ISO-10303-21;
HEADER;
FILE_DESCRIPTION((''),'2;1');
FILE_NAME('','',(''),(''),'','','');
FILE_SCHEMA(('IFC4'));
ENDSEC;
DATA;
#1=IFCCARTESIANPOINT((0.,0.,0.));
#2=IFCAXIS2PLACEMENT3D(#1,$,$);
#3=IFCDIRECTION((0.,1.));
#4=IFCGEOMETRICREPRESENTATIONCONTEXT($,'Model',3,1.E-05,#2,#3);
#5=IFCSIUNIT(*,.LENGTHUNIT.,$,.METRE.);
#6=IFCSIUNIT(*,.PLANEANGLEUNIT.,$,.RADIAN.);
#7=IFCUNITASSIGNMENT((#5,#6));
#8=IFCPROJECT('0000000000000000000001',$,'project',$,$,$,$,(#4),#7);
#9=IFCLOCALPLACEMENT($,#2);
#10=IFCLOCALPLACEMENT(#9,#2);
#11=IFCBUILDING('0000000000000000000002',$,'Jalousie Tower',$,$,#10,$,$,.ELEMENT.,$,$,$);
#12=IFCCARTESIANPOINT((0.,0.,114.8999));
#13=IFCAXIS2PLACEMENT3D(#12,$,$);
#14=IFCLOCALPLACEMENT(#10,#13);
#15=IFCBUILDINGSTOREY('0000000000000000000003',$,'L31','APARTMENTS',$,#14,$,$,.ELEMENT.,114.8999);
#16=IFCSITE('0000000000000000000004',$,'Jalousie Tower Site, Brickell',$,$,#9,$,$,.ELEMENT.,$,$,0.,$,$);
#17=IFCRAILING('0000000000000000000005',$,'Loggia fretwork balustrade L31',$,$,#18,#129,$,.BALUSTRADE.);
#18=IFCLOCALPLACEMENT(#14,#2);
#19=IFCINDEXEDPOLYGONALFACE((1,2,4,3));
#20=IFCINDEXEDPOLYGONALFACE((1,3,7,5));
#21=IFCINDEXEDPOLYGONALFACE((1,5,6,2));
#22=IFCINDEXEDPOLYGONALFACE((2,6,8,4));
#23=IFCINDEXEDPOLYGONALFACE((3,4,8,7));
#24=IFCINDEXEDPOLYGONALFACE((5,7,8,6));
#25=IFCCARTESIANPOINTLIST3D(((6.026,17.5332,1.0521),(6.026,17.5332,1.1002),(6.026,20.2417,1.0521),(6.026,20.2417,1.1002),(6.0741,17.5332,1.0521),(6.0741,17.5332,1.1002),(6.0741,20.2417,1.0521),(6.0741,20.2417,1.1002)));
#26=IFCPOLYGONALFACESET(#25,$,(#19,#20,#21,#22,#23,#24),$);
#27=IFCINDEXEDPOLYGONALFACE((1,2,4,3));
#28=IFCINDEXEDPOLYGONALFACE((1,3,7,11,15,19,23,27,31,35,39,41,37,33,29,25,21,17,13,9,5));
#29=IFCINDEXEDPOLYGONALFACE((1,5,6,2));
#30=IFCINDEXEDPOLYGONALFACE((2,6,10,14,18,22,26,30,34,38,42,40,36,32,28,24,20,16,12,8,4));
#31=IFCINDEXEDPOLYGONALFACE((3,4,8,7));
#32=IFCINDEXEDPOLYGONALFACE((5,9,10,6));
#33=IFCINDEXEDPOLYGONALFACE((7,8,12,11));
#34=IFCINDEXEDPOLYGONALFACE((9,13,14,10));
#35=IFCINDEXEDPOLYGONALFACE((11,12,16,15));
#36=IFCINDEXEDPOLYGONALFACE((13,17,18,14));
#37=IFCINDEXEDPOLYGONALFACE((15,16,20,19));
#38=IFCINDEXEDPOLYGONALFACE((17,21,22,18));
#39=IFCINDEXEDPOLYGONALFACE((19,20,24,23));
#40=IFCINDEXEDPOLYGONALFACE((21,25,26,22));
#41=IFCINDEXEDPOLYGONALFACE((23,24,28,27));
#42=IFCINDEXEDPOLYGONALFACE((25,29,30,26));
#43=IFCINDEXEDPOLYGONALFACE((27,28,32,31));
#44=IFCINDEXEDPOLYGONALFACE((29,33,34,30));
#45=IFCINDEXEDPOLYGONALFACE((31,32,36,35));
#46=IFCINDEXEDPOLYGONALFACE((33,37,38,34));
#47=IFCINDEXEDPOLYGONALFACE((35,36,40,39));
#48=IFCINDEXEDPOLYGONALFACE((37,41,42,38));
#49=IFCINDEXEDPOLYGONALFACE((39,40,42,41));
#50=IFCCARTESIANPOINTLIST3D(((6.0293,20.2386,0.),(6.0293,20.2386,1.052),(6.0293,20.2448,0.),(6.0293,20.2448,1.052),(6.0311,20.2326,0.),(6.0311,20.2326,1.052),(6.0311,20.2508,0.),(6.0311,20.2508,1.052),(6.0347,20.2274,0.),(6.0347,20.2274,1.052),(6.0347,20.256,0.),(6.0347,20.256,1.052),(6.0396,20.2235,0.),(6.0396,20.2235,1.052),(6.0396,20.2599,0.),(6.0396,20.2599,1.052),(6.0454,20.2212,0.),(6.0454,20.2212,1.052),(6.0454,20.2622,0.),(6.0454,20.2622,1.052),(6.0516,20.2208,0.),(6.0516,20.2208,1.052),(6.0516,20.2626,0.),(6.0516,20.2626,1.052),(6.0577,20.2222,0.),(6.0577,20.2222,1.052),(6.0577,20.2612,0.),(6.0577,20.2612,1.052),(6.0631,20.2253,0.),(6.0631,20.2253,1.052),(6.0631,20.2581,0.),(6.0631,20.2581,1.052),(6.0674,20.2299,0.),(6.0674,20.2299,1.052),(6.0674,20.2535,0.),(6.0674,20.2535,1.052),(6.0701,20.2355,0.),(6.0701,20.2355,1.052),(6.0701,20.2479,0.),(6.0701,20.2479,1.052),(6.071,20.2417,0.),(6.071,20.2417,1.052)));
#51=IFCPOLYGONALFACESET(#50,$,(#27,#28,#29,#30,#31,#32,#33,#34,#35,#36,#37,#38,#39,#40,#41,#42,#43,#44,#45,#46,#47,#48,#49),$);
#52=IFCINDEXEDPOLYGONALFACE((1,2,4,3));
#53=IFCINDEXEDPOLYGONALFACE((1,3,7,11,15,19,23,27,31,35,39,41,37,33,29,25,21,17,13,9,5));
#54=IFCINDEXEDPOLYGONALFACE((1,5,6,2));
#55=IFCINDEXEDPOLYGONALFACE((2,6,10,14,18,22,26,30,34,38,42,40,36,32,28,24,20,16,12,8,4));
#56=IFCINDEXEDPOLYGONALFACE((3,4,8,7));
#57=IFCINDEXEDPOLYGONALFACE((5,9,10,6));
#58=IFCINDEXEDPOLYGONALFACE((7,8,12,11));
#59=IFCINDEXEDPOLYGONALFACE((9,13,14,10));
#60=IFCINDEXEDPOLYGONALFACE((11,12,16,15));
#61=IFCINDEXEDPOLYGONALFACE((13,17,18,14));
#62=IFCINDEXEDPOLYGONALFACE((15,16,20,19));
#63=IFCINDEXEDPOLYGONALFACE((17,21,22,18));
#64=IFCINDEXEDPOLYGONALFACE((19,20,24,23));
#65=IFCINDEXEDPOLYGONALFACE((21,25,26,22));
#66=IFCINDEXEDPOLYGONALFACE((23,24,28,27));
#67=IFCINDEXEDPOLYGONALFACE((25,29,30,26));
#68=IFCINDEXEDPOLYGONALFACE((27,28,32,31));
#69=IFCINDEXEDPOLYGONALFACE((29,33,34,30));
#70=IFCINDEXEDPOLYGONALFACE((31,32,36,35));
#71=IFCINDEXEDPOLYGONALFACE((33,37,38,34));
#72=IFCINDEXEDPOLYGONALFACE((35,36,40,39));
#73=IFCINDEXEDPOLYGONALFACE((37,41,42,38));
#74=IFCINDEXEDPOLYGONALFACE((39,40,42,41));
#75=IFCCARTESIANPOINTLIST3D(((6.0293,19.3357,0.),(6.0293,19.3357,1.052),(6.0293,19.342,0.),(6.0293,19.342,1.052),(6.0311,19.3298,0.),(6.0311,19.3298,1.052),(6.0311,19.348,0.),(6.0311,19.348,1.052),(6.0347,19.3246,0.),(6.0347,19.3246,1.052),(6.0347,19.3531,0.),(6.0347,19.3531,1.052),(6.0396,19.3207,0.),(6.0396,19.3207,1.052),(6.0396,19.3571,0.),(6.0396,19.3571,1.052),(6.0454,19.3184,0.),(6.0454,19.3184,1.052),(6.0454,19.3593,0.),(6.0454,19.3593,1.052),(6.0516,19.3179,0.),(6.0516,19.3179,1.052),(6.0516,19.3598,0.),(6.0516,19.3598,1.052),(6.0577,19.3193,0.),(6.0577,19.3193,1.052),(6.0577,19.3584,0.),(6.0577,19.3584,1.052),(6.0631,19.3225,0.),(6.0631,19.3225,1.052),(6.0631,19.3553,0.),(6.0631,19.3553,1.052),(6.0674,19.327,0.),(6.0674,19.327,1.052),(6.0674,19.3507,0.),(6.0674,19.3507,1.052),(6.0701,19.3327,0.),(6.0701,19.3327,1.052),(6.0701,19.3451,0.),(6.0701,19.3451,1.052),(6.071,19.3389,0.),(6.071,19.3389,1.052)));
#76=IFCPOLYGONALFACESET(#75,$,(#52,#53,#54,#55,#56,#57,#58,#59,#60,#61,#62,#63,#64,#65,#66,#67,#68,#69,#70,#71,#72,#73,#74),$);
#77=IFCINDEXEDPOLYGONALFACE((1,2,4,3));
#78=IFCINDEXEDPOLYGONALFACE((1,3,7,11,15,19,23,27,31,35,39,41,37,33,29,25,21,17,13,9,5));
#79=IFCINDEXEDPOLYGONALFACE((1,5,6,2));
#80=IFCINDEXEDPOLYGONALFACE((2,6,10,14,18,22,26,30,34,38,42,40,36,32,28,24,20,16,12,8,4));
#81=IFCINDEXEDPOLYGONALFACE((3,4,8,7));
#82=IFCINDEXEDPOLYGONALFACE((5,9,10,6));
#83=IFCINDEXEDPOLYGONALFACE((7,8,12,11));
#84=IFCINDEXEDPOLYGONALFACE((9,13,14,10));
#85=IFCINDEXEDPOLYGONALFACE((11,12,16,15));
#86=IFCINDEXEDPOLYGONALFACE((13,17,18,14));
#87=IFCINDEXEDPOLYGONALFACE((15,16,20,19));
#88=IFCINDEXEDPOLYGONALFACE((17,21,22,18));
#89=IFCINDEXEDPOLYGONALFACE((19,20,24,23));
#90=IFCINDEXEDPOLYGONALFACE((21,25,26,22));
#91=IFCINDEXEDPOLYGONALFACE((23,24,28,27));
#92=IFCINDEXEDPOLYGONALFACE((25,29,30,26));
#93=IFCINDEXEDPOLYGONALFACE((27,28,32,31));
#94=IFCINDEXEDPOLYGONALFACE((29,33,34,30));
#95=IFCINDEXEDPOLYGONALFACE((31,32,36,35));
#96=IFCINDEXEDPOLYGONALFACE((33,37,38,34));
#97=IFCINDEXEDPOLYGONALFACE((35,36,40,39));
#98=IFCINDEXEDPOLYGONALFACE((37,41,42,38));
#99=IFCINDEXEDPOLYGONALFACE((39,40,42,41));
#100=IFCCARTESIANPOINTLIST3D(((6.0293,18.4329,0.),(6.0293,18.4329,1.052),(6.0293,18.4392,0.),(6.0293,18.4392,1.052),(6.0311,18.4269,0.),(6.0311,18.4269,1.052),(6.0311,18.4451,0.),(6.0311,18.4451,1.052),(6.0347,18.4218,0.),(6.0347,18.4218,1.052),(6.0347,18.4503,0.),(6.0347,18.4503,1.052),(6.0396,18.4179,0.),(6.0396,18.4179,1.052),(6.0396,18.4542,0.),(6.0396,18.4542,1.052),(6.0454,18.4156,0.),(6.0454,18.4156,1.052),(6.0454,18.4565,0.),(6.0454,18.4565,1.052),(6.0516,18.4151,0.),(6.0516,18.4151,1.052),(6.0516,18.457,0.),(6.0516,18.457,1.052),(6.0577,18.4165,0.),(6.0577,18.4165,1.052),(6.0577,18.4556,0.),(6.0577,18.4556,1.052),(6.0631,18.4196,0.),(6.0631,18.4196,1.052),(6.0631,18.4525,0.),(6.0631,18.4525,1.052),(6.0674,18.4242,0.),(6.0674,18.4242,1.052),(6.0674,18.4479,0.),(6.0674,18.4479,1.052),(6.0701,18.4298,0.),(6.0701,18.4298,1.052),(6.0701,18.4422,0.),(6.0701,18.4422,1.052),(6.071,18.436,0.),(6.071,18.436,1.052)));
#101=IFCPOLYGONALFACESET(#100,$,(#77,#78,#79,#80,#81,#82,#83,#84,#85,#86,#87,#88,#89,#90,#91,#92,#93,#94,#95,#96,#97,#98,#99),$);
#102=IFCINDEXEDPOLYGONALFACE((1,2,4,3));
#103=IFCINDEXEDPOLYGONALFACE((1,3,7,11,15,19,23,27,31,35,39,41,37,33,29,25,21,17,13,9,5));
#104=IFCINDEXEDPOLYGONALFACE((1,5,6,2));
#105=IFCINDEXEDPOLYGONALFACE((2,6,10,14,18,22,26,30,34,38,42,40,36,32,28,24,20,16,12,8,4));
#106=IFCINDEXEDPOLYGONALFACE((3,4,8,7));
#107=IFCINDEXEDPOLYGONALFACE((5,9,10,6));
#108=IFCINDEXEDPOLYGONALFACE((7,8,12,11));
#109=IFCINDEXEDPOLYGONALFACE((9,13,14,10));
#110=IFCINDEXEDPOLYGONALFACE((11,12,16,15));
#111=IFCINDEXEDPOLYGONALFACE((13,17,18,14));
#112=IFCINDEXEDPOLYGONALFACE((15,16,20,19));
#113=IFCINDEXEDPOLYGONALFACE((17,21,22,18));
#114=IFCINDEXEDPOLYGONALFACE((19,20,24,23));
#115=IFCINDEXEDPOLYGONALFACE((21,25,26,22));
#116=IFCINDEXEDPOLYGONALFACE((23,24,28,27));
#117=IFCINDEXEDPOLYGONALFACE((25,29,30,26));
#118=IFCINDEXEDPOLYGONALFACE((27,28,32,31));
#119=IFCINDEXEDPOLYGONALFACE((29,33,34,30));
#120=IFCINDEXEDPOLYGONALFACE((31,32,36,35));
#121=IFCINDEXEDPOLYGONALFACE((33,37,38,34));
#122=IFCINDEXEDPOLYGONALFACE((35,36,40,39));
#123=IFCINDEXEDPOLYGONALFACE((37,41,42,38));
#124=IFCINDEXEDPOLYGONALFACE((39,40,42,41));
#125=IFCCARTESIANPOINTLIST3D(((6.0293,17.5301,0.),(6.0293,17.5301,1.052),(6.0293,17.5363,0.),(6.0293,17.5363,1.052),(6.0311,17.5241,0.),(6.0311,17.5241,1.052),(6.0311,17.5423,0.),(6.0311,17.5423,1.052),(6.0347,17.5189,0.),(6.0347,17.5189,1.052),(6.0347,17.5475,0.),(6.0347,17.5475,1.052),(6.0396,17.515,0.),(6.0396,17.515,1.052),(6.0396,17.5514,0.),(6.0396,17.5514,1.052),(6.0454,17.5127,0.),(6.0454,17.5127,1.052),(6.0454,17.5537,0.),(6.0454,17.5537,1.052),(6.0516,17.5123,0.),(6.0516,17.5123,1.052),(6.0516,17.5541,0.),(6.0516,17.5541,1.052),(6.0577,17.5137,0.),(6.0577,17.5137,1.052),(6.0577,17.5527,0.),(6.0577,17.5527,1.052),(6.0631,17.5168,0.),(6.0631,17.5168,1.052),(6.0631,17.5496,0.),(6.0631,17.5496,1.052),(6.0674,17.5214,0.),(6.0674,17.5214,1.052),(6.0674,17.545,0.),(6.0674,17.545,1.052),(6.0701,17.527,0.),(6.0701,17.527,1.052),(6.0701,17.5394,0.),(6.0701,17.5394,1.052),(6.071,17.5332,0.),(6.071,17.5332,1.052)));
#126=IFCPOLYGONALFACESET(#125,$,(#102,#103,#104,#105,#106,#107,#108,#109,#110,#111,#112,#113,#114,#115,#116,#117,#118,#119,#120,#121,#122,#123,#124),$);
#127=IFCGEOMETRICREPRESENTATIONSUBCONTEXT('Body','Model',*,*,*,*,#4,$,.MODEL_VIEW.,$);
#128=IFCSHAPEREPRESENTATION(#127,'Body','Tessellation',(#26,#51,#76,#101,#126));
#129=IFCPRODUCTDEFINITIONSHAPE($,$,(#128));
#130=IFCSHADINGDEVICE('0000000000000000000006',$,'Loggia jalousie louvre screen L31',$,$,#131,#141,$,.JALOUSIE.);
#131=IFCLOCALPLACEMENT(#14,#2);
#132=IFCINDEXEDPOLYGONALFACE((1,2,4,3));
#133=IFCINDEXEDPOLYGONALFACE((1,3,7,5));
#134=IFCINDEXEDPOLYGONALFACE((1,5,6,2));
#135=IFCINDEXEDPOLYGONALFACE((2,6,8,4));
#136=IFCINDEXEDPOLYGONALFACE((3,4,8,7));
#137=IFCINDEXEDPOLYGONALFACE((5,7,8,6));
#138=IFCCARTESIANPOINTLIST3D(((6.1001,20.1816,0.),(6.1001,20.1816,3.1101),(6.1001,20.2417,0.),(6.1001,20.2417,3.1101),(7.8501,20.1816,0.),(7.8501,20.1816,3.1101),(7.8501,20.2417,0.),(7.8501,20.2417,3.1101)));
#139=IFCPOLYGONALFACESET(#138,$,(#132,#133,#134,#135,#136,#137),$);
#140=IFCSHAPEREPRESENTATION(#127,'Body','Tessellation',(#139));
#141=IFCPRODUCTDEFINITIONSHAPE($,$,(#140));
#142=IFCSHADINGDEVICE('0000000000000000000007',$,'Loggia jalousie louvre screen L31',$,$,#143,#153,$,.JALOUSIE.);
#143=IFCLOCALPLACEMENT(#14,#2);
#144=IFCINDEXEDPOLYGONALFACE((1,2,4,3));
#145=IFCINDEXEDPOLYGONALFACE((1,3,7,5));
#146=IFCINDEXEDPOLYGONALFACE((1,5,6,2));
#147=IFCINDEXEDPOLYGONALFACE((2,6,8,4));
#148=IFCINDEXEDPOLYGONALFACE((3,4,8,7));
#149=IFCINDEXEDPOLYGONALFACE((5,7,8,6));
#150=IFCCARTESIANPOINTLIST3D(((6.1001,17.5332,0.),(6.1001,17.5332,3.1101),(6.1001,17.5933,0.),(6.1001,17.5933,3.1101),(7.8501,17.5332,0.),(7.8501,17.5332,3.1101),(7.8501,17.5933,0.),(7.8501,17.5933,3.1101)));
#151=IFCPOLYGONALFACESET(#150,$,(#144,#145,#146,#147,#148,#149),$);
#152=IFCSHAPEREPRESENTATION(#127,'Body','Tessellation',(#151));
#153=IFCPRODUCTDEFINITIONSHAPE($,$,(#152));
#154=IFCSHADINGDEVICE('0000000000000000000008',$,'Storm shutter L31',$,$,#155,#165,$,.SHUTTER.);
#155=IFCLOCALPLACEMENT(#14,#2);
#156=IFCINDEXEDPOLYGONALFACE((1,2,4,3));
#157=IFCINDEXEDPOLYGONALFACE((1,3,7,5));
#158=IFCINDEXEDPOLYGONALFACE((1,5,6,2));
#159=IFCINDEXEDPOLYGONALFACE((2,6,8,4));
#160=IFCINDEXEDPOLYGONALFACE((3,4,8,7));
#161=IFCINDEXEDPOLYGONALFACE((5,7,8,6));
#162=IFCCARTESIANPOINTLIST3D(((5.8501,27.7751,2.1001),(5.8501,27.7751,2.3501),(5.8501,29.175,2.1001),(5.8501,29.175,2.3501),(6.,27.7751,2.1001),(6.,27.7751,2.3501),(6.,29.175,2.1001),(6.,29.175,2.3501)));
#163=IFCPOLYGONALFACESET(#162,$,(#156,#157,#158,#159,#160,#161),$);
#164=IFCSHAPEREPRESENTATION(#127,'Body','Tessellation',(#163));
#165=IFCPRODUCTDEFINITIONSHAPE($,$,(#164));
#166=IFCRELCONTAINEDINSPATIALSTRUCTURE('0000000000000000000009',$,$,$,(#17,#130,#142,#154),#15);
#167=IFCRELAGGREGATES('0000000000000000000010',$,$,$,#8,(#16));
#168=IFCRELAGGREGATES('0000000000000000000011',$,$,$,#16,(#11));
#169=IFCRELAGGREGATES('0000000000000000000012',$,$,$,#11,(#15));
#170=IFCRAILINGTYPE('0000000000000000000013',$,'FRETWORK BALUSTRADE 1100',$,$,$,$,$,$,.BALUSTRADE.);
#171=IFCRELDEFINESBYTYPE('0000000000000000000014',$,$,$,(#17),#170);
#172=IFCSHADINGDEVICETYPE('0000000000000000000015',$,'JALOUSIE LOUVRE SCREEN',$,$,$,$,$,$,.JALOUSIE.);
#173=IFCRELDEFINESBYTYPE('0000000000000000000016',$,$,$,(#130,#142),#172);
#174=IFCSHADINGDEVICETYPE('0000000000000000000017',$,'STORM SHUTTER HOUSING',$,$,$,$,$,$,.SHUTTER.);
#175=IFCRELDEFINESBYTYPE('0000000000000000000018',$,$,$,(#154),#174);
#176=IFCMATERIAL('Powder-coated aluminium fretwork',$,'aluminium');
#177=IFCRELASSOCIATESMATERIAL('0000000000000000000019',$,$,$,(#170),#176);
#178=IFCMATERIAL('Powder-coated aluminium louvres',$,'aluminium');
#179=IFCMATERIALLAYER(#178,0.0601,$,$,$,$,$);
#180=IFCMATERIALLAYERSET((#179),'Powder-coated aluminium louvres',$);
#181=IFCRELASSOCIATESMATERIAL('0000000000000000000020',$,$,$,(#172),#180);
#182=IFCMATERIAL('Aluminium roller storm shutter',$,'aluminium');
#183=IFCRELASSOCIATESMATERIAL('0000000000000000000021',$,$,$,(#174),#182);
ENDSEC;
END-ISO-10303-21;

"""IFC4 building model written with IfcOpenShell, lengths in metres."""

from ifc_helpers import new_model, si_unit, direction, frame, origin, origin_2d, place, context, subcontext, project, spatial, rectangle, circle, extrude, material, layer, layer_set, type_object, element, save


model = new_model("IFC4")

# Units and contexts
model_context = context("Model", 3, precision=1e-05, world=origin(), true_north=direction((0.0, 1.0)))
body_context = subcontext(model_context, "Body", "Model", "MODEL_VIEW")
ifc_project = project(units=[si_unit("LENGTHUNIT", "METRE"), si_unit("PLANEANGLEUNIT", "RADIAN")], contexts=[model_context])

# Site, building, storey
site_placement = place(None, origin())
site = spatial("IfcSite", under=ifc_project, at=site_placement, Name="Jalousie Tower Site, Brickell", CompositionType="ELEMENT", RefElevation=0.0)
building_placement = place(site_placement, origin())
building = spatial("IfcBuilding", under=site, at=building_placement, Name="Jalousie Tower", CompositionType="ELEMENT")
storey_placement = place(building_placement, frame((0.0, 0.0, 114.8999)))
storey = spatial("IfcBuildingStorey", under=building, at=storey_placement, Name="L31", Description="APARTMENTS", CompositionType="ELEMENT", Elevation=114.8999)

# Railing
ifc_material_1 = material(Name="Powder-coated aluminium fretwork", Category="aluminium")
railing_type = type_object("IfcRailingType", Name="FRETWORK BALUSTRADE 1100", PredefinedType="BALUSTRADE", material=ifc_material_1)
railing_placement = place(storey_placement, frame((6.05, 20.2417, 0.0)))
element("IfcRailing", 1, at=railing_placement, inside=storey, type_object=railing_type, Name="Loggia fretwork balustrade L31", PredefinedType="BALUSTRADE", context=body_context, shape_type="SweptSolid", body=[
    extrude(rectangle(XDim=0.0481, YDim=0.0481, at=origin_2d()), frame((0.0, 0.0, 1.0762), z_axis=(0.0, -1.0, 0.0), x_axis=(1.0, 0.0, 0.0)), (0.0, 0.0, 1.0), 2.7085),
    extrude(circle(Radius=0.021, at=origin_2d()), origin(), (0.0, 0.0, 1.0), 1.052),
    extrude(circle(Radius=0.021, at=origin_2d()), frame((0.0, -0.9028, 0.0)), (0.0, 0.0, 1.0), 1.052),
    extrude(circle(Radius=0.021, at=origin_2d()), frame((0.0, -1.8057, 0.0)), (0.0, 0.0, 1.0), 1.052),
    extrude(circle(Radius=0.021, at=origin_2d()), frame((0.0, -2.7085, 0.0)), (0.0, 0.0, 1.0), 1.052),
])

# Shading devices
ifc_material_2 = material(Name="Powder-coated aluminium louvres", Category="aluminium")
ifc_layer_1 = layer(ifc_material_2, 0.0601)
ifc_layer_set_1 = layer_set([ifc_layer_1], Name="Powder-coated aluminium louvres")
shading_device_type_1 = type_object("IfcShadingDeviceType", Name="JALOUSIE LOUVRE SCREEN", PredefinedType="JALOUSIE", material=ifc_layer_set_1)
for number, where, z_axis, x_axis, name in (
    (2, (6.9751, 20.2117, 0.0), (0.0, 0.0, 1.0), (0.0, -1.0, 0.0), "Loggia jalousie louvre screen L31"),
    (3, (6.9751, 17.5632, 0.0), (0.0, 0.0, 1.0), (0.0, -1.0, 0.0), "Loggia jalousie louvre screen L31"),
):
    element("IfcShadingDevice", number, at=place(storey_placement, frame(where, z_axis=z_axis, x_axis=x_axis)), inside=storey, type_object=shading_device_type_1, Name=name, PredefinedType="JALOUSIE", context=body_context, shape_type="SweptSolid", body=[
        extrude(rectangle(XDim=0.0601, YDim=1.75, at=origin_2d()), origin(), (0.0, 0.0, 1.0), 3.1101),
    ])
ifc_material_3 = material(Name="Aluminium roller storm shutter", Category="aluminium")
shading_device_type_2 = type_object("IfcShadingDeviceType", Name="STORM SHUTTER HOUSING", PredefinedType="SHUTTER", material=ifc_material_3)
shading_device_placement = place(storey_placement, frame((5.925, 28.4751, 2.1001), z_axis=(0.0, 0.0, 1.0), x_axis=(0.0, -1.0, 0.0)))
element("IfcShadingDevice", 4, at=shading_device_placement, inside=storey, type_object=shading_device_type_2, Name="Storm shutter L31", PredefinedType="SHUTTER", context=body_context, shape_type="SweptSolid", body=[
    extrude(rectangle(XDim=1.3999, YDim=0.1499, at=origin_2d()), origin(), (0.0, 0.0, 1.0), 0.25),
])

save(model, "model.ifc")
